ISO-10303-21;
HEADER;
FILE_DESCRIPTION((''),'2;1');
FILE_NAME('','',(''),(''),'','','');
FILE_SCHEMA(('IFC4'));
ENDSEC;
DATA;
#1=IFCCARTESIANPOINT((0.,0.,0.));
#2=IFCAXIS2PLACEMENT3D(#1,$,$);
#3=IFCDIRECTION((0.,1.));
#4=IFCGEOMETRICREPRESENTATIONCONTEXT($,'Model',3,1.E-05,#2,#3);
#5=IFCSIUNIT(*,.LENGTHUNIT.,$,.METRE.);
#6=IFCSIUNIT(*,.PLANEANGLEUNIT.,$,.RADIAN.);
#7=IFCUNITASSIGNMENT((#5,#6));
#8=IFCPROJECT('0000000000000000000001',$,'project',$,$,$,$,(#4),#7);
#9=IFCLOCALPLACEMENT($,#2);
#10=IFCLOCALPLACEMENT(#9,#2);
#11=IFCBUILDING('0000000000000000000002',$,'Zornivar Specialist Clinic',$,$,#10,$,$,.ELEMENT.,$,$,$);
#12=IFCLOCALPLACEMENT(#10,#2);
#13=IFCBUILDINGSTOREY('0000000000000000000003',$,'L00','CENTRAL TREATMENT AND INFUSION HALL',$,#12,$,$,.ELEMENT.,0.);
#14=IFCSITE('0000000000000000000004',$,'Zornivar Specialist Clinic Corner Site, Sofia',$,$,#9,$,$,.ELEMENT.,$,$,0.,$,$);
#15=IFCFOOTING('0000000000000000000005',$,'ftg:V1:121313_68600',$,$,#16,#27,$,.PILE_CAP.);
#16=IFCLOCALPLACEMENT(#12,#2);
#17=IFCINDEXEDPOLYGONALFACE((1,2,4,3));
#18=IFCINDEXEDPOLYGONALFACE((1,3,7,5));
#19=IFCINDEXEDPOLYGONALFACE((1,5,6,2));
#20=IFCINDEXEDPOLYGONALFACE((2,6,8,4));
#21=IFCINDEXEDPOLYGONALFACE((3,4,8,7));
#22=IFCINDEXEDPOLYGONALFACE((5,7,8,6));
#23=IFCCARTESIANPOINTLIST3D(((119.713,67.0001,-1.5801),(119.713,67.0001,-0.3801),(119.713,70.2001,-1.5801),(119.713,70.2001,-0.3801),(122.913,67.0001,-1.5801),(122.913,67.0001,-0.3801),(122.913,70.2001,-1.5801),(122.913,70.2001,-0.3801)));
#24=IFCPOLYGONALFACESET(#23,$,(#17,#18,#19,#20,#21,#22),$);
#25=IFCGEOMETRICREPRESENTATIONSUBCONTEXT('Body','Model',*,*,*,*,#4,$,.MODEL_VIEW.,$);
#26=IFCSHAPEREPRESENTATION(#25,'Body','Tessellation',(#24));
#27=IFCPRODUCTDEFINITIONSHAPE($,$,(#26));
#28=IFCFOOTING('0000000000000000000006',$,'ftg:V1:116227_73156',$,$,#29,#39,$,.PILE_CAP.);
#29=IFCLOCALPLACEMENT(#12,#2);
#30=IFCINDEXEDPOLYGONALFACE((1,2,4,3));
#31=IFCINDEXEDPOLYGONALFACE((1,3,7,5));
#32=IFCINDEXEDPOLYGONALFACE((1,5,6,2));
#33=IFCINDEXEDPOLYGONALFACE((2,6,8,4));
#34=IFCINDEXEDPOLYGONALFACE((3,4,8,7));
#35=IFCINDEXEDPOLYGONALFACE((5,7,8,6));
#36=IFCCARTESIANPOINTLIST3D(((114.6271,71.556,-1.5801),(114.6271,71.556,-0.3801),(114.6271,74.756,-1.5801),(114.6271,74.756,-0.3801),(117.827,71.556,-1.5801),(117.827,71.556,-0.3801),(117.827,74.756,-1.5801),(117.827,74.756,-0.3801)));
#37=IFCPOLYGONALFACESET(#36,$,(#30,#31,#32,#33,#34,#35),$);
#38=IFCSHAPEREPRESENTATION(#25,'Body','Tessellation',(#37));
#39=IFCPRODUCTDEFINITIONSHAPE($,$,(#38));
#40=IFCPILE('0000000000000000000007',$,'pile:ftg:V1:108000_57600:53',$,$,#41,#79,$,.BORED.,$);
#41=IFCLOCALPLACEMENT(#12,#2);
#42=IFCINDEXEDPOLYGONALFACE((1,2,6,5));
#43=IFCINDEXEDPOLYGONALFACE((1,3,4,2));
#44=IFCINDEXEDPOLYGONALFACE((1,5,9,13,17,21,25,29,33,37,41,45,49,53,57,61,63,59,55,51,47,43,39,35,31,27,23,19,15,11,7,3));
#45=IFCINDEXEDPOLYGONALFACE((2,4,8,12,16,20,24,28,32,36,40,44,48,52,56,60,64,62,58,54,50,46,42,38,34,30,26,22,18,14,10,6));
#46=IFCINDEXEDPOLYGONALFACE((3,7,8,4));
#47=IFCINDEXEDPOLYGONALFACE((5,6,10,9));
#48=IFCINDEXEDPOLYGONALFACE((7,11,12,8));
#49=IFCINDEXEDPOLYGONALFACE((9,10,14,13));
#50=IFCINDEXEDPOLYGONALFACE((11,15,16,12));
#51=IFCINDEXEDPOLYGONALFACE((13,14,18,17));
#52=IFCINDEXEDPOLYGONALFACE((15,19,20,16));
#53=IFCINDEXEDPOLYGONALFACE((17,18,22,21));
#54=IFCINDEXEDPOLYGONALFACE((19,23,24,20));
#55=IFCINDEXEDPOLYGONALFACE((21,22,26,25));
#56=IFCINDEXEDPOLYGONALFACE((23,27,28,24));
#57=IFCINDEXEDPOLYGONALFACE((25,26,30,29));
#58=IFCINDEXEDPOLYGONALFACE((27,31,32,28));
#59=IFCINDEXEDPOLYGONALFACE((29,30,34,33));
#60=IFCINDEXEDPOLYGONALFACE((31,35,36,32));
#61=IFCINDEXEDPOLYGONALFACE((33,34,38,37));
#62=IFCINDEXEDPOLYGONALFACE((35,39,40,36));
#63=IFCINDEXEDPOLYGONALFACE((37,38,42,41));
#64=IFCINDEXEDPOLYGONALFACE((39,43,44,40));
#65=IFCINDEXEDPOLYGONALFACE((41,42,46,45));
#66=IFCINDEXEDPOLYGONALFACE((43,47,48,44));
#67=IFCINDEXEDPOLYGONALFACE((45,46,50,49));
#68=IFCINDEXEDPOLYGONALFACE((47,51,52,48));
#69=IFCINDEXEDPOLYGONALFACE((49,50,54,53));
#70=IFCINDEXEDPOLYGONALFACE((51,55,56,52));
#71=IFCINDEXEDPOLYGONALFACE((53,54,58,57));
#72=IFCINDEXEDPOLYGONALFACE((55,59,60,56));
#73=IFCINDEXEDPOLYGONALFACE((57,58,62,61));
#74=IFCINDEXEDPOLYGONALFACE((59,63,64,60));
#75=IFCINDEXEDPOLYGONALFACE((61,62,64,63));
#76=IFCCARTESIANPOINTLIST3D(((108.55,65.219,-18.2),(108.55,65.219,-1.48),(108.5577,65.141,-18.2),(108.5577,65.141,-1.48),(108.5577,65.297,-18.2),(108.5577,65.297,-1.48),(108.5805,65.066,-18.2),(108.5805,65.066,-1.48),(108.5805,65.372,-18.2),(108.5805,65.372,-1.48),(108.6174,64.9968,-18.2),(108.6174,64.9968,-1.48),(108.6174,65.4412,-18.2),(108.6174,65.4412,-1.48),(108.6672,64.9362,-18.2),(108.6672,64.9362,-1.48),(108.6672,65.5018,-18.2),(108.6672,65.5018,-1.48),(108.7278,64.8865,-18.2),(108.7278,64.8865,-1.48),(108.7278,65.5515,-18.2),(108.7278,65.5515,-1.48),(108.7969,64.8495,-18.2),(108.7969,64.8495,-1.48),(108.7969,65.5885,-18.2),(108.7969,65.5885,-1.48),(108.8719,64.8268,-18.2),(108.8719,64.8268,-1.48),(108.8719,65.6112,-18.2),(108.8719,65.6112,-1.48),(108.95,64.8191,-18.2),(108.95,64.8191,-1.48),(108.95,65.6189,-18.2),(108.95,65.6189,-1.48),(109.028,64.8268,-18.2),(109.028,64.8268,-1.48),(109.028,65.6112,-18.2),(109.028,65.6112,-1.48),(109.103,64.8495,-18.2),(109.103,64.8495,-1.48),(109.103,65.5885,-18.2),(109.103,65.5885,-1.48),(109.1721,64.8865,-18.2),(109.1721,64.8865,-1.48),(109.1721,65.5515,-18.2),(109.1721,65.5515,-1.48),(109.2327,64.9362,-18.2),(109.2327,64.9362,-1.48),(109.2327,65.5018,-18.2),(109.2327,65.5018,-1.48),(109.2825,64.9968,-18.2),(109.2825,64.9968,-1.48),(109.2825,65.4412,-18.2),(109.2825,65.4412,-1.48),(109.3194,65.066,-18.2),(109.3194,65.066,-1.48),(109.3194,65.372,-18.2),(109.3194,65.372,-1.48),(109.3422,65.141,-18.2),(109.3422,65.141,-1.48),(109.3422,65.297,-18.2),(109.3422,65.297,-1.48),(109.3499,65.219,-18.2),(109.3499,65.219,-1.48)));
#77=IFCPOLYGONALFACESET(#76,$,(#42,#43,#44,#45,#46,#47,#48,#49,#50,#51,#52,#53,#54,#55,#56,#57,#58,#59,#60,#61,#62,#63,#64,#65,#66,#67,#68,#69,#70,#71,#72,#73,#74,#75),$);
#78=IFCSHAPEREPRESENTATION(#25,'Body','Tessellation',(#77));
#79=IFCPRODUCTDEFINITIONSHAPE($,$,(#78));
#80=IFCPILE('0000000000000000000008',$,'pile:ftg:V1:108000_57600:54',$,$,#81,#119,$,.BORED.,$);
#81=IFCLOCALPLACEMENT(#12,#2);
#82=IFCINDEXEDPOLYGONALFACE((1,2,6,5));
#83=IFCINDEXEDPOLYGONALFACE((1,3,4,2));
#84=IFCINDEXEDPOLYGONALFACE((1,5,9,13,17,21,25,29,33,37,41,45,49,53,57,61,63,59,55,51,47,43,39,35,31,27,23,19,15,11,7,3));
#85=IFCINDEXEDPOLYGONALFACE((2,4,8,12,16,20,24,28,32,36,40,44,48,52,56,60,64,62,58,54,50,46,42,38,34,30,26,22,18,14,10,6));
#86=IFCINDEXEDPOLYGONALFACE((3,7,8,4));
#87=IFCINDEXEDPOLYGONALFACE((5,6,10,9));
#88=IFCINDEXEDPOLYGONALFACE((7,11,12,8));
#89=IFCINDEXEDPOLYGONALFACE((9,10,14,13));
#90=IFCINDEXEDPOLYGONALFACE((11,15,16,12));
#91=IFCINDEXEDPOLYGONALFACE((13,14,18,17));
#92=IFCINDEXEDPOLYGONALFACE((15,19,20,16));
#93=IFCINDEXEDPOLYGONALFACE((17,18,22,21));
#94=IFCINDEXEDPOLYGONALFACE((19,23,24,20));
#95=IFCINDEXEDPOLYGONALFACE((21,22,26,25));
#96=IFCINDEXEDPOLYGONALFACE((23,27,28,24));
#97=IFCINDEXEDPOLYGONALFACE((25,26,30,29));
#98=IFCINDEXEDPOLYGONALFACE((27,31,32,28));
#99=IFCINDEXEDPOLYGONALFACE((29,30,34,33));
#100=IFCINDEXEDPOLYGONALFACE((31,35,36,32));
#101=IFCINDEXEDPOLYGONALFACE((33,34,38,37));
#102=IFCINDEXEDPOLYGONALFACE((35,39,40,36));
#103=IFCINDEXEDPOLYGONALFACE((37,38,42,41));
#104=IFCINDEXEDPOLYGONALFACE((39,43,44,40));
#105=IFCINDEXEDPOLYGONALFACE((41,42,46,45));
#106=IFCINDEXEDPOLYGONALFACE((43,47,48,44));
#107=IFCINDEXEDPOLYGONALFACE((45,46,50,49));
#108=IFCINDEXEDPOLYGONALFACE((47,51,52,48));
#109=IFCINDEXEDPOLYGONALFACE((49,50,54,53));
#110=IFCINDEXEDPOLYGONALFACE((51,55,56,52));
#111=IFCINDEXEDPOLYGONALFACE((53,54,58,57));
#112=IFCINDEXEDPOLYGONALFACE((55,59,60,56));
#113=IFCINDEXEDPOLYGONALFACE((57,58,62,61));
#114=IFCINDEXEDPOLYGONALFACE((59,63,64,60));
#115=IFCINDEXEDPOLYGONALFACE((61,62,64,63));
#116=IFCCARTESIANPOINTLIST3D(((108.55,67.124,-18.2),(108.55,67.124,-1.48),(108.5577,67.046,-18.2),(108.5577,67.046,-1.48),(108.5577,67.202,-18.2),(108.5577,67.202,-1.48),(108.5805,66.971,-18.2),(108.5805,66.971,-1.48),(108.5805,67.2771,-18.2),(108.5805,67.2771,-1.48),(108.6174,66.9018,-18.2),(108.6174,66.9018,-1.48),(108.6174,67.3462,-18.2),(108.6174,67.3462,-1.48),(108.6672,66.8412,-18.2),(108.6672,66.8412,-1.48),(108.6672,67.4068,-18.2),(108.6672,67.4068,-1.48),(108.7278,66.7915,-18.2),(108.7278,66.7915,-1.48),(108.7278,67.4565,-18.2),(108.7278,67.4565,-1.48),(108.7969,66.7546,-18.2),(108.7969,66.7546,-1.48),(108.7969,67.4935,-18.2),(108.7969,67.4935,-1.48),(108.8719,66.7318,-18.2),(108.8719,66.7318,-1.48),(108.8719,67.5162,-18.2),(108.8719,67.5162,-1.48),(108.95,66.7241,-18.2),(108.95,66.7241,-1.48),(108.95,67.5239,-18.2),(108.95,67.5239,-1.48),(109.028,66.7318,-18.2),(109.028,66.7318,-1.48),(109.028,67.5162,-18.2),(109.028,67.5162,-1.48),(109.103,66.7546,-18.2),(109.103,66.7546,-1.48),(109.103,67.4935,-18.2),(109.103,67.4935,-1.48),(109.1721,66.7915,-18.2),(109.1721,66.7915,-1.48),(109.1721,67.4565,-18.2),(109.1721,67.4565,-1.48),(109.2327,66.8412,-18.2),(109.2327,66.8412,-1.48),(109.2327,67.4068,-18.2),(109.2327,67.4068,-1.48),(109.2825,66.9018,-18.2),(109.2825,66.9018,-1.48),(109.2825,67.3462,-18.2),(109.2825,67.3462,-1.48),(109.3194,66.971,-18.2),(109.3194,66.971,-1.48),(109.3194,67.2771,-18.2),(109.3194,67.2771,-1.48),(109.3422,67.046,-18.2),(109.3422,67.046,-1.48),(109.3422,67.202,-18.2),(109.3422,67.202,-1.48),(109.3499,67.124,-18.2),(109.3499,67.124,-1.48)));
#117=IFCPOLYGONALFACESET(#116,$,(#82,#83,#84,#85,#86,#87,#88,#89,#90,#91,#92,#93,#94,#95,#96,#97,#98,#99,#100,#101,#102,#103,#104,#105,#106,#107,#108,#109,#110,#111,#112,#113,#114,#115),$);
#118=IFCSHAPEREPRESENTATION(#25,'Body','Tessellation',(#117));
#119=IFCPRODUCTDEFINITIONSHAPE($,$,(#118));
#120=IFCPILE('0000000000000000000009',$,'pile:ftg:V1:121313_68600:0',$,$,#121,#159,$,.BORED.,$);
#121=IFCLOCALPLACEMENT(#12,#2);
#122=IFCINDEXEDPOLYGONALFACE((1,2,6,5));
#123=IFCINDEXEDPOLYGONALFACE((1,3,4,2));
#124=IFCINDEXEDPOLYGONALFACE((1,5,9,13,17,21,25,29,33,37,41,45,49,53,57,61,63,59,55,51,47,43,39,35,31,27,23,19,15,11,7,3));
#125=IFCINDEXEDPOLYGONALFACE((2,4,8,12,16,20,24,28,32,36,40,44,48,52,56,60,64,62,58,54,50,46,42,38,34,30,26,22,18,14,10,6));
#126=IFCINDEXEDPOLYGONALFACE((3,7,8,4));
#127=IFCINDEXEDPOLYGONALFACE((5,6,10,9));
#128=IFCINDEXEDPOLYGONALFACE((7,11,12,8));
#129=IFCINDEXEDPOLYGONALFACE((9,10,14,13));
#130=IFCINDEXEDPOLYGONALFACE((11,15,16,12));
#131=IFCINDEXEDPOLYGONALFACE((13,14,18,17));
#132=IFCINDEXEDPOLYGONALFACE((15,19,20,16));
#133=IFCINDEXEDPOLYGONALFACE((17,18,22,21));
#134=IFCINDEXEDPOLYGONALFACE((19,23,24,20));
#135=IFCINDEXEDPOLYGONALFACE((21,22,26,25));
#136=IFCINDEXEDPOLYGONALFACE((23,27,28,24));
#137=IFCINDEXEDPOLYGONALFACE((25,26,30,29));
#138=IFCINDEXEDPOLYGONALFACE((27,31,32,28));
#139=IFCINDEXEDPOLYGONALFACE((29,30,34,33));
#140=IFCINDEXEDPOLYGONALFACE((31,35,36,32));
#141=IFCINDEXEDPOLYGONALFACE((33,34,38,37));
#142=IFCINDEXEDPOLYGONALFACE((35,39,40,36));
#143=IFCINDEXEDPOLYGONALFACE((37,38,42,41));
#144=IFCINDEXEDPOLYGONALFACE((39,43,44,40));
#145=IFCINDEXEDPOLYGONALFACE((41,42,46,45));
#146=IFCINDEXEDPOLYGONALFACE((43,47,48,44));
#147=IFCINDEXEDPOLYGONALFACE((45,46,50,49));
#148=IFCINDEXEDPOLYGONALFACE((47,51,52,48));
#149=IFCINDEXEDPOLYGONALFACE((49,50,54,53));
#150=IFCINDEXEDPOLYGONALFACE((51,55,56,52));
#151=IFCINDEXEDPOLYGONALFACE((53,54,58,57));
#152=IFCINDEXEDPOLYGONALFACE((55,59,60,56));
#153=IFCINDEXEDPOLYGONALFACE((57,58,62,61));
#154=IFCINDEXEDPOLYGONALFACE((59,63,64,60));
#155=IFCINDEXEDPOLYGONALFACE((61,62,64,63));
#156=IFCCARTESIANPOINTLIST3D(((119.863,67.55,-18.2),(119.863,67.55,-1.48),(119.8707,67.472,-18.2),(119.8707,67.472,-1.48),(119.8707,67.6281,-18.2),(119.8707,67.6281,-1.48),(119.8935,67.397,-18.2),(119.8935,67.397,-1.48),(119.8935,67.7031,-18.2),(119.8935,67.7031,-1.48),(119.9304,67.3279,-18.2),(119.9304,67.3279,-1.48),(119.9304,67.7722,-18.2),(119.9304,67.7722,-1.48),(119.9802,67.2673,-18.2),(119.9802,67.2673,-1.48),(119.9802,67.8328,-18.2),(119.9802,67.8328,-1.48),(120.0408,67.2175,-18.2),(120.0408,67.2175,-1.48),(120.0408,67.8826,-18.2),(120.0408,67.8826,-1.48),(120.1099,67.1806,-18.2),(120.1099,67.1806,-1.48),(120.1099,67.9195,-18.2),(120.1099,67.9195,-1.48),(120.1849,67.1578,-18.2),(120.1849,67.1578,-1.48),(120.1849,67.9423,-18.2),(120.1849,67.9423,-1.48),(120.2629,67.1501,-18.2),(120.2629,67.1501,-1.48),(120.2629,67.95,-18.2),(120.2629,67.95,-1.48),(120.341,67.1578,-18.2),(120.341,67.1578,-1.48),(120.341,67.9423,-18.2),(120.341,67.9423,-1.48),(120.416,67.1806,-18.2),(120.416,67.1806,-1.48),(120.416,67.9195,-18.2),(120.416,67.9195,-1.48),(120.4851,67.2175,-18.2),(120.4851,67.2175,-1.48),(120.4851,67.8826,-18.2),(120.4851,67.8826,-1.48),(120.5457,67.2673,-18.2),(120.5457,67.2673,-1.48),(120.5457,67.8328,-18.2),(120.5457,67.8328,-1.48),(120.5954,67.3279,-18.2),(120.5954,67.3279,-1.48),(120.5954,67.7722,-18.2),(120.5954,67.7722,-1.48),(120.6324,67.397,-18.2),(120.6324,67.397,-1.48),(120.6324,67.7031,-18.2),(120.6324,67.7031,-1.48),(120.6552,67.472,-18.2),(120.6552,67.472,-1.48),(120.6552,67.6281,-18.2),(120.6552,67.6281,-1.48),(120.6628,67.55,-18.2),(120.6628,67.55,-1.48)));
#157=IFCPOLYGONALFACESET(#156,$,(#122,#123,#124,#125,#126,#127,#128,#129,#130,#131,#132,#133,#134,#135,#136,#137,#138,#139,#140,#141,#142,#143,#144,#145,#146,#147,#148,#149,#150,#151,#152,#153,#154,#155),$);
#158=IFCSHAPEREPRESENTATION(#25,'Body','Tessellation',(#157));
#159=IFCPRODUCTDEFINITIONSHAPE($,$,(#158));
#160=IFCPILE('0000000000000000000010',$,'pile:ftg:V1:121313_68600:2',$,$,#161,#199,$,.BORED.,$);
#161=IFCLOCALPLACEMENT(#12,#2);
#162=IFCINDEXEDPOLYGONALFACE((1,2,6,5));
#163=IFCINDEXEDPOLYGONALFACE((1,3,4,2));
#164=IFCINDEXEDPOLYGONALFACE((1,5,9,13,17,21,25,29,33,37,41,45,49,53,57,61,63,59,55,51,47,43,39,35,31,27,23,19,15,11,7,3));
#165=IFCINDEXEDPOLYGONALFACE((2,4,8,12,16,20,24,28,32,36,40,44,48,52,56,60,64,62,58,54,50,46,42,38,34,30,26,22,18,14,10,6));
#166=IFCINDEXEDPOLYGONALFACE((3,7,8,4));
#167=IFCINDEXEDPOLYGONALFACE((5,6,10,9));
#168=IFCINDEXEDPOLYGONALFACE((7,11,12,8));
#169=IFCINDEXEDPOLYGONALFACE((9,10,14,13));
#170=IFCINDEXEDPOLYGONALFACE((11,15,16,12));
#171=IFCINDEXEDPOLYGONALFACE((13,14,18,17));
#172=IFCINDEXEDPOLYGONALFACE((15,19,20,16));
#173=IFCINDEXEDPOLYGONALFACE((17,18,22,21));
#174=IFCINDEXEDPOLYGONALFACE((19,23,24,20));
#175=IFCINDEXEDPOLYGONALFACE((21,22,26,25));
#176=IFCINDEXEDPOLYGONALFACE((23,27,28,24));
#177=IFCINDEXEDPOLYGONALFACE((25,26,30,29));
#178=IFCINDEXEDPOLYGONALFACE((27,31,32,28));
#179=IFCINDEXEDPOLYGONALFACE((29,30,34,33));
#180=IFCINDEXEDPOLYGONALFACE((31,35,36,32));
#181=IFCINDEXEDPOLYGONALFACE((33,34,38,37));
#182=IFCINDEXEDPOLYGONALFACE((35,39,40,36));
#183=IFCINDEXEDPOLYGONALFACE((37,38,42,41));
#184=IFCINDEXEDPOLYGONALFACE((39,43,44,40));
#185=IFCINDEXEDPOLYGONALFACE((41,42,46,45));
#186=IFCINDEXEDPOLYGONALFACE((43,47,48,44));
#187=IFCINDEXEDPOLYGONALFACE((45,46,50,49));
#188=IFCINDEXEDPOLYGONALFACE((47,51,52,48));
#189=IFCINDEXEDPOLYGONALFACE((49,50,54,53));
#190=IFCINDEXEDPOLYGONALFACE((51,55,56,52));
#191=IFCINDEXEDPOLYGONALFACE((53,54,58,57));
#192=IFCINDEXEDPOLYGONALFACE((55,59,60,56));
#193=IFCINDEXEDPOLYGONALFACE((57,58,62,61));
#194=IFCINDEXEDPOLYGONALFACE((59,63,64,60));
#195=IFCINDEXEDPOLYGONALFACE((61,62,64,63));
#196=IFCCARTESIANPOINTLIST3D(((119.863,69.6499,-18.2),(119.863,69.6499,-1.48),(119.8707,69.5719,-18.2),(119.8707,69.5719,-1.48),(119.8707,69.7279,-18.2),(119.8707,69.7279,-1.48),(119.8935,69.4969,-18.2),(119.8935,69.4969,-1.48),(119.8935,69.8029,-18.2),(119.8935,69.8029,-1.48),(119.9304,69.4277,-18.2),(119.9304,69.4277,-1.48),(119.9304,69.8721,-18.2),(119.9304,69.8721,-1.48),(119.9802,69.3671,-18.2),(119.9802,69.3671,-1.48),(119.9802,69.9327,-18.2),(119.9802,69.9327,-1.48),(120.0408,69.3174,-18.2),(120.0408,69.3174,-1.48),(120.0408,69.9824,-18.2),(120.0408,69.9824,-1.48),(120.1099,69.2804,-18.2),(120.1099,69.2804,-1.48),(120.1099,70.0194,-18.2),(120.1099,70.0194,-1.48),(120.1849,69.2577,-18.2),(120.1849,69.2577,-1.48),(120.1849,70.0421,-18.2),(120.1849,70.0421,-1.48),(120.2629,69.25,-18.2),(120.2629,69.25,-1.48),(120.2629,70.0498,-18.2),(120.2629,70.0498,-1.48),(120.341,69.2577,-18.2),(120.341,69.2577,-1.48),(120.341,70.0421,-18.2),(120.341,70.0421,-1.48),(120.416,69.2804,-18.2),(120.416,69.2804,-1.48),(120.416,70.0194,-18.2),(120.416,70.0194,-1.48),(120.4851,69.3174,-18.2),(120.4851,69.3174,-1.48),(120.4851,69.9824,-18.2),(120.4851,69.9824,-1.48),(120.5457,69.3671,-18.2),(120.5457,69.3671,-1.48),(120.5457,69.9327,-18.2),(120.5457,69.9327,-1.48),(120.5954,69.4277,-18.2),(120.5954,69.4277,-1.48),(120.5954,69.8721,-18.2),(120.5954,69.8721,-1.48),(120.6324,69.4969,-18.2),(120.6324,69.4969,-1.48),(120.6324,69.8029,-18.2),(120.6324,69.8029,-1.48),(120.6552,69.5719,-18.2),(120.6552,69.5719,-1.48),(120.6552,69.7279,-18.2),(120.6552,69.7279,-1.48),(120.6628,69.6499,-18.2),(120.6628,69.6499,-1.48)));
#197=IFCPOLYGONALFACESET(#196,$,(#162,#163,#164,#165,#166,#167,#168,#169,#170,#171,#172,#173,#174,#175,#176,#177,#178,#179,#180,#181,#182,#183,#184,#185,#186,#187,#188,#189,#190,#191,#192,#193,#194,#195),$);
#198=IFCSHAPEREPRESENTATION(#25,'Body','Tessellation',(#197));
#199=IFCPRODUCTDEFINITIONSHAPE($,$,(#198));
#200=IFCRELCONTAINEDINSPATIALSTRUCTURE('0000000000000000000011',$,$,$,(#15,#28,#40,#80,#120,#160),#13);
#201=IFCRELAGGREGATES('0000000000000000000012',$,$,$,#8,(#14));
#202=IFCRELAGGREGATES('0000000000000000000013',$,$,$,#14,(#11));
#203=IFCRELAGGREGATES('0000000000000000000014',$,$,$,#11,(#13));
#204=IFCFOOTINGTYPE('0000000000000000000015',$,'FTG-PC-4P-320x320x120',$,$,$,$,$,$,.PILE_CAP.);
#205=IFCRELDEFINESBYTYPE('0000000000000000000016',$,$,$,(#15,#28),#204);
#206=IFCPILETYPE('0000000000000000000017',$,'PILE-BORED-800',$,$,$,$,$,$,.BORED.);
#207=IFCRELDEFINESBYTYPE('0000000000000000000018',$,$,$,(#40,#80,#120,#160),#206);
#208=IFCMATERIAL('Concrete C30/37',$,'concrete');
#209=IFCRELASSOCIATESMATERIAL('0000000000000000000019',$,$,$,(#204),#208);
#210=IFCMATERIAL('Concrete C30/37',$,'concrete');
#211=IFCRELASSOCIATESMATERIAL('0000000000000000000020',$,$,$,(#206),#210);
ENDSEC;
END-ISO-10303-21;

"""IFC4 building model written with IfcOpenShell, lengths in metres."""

from ifc_helpers import new_model, si_unit, direction, frame, origin, origin_2d, place, context, subcontext, project, spatial, rectangle, circle, extrude, material, material_profile, profile_set, type_object, element, save


model = new_model("IFC4")

# Units and contexts
model_context = context("Model", 3, precision=1e-05, world=origin(), true_north=direction((0.0, 1.0)))
body_context = subcontext(model_context, "Body", "Model", "MODEL_VIEW")
ifc_project = project(units=[si_unit("LENGTHUNIT", "METRE"), si_unit("PLANEANGLEUNIT", "RADIAN")], contexts=[model_context])

# Site, building, storey
site_placement = place(None, origin())
site = spatial("IfcSite", under=ifc_project, at=site_placement, Name="Zornivar Specialist Clinic Corner Site, Sofia", CompositionType="ELEMENT", RefElevation=0.0)
building_placement = place(site_placement, origin())
building = spatial("IfcBuilding", under=site, at=building_placement, Name="Zornivar Specialist Clinic", CompositionType="ELEMENT")
storey_placement = place(building_placement, origin())
storey = spatial("IfcBuildingStorey", under=building, at=storey_placement, Name="L00", Description="CENTRAL TREATMENT AND INFUSION HALL", CompositionType="ELEMENT", Elevation=0.0)

# Footings
ifc_material_1 = material(Name="Concrete C30/37", Category="concrete")
footing_type = type_object("IfcFootingType", Name="FTG-PC-4P-320x320x120", PredefinedType="PILE_CAP", material=ifc_material_1)
for number, where, z_axis, x_axis, name in (
    (1, (121.313, 68.6001, -1.5801), (0.0, 0.0, 1.0), (1.0, 0.0, 0.0), "ftg:V1:121313_68600"),
    (2, (116.2271, 73.156, -1.5801), (0.0, 0.0, 1.0), (1.0, 0.0, 0.0), "ftg:V1:116227_73156"),
):
    element("IfcFooting", number, at=place(storey_placement, frame(where, z_axis=z_axis, x_axis=x_axis)), inside=storey, type_object=footing_type, Name=name, PredefinedType="PILE_CAP", context=body_context, shape_type="SweptSolid", body=[
        extrude(rectangle(XDim=3.2, YDim=3.2, at=origin_2d()), origin(), (0.0, 0.0, 1.0), 1.2),
    ])

# Piles
ifc_material_2 = material(Name="Concrete C30/37", Category="concrete")
ifc_material_profile_1 = material_profile(ifc_material_2, circle(Radius=0.3999, at=origin_2d()), Name="PILE D800")
ifc_profile_set_1 = profile_set([ifc_material_profile_1], Name="Concrete C30/37")
pile_type = type_object("IfcPileType", Name="PILE-BORED-800", PredefinedType="BORED", material=ifc_profile_set_1)
for number, where, z_axis, x_axis, name in (
    (3, (108.95, 65.219, -1.48), (0.0, 0.0, -1.0), (1.0, 0.0, 0.0), "pile:ftg:V1:108000_57600:53"),
    (4, (108.95, 67.124, -1.48), (0.0, 0.0, -1.0), (1.0, 0.0, 0.0), "pile:ftg:V1:108000_57600:54"),
    (5, (120.2629, 67.55, -1.48), (0.0, 0.0, -1.0), (1.0, 0.0, 0.0), "pile:ftg:V1:121313_68600:0"),
    (6, (120.2629, 69.6499, -1.48), (0.0, 0.0, -1.0), (1.0, 0.0, 0.0), "pile:ftg:V1:121313_68600:2"),
):
    element("IfcPile", number, at=place(storey_placement, frame(where, z_axis=z_axis, x_axis=x_axis)), inside=storey, type_object=pile_type, Name=name, PredefinedType="BORED", context=body_context, shape_type="SweptSolid", body=[
        extrude(circle(Radius=0.3999, at=origin_2d()), origin(), (0.0, 0.0, 1.0), 16.72),
    ])

save(model, "model.ifc")
